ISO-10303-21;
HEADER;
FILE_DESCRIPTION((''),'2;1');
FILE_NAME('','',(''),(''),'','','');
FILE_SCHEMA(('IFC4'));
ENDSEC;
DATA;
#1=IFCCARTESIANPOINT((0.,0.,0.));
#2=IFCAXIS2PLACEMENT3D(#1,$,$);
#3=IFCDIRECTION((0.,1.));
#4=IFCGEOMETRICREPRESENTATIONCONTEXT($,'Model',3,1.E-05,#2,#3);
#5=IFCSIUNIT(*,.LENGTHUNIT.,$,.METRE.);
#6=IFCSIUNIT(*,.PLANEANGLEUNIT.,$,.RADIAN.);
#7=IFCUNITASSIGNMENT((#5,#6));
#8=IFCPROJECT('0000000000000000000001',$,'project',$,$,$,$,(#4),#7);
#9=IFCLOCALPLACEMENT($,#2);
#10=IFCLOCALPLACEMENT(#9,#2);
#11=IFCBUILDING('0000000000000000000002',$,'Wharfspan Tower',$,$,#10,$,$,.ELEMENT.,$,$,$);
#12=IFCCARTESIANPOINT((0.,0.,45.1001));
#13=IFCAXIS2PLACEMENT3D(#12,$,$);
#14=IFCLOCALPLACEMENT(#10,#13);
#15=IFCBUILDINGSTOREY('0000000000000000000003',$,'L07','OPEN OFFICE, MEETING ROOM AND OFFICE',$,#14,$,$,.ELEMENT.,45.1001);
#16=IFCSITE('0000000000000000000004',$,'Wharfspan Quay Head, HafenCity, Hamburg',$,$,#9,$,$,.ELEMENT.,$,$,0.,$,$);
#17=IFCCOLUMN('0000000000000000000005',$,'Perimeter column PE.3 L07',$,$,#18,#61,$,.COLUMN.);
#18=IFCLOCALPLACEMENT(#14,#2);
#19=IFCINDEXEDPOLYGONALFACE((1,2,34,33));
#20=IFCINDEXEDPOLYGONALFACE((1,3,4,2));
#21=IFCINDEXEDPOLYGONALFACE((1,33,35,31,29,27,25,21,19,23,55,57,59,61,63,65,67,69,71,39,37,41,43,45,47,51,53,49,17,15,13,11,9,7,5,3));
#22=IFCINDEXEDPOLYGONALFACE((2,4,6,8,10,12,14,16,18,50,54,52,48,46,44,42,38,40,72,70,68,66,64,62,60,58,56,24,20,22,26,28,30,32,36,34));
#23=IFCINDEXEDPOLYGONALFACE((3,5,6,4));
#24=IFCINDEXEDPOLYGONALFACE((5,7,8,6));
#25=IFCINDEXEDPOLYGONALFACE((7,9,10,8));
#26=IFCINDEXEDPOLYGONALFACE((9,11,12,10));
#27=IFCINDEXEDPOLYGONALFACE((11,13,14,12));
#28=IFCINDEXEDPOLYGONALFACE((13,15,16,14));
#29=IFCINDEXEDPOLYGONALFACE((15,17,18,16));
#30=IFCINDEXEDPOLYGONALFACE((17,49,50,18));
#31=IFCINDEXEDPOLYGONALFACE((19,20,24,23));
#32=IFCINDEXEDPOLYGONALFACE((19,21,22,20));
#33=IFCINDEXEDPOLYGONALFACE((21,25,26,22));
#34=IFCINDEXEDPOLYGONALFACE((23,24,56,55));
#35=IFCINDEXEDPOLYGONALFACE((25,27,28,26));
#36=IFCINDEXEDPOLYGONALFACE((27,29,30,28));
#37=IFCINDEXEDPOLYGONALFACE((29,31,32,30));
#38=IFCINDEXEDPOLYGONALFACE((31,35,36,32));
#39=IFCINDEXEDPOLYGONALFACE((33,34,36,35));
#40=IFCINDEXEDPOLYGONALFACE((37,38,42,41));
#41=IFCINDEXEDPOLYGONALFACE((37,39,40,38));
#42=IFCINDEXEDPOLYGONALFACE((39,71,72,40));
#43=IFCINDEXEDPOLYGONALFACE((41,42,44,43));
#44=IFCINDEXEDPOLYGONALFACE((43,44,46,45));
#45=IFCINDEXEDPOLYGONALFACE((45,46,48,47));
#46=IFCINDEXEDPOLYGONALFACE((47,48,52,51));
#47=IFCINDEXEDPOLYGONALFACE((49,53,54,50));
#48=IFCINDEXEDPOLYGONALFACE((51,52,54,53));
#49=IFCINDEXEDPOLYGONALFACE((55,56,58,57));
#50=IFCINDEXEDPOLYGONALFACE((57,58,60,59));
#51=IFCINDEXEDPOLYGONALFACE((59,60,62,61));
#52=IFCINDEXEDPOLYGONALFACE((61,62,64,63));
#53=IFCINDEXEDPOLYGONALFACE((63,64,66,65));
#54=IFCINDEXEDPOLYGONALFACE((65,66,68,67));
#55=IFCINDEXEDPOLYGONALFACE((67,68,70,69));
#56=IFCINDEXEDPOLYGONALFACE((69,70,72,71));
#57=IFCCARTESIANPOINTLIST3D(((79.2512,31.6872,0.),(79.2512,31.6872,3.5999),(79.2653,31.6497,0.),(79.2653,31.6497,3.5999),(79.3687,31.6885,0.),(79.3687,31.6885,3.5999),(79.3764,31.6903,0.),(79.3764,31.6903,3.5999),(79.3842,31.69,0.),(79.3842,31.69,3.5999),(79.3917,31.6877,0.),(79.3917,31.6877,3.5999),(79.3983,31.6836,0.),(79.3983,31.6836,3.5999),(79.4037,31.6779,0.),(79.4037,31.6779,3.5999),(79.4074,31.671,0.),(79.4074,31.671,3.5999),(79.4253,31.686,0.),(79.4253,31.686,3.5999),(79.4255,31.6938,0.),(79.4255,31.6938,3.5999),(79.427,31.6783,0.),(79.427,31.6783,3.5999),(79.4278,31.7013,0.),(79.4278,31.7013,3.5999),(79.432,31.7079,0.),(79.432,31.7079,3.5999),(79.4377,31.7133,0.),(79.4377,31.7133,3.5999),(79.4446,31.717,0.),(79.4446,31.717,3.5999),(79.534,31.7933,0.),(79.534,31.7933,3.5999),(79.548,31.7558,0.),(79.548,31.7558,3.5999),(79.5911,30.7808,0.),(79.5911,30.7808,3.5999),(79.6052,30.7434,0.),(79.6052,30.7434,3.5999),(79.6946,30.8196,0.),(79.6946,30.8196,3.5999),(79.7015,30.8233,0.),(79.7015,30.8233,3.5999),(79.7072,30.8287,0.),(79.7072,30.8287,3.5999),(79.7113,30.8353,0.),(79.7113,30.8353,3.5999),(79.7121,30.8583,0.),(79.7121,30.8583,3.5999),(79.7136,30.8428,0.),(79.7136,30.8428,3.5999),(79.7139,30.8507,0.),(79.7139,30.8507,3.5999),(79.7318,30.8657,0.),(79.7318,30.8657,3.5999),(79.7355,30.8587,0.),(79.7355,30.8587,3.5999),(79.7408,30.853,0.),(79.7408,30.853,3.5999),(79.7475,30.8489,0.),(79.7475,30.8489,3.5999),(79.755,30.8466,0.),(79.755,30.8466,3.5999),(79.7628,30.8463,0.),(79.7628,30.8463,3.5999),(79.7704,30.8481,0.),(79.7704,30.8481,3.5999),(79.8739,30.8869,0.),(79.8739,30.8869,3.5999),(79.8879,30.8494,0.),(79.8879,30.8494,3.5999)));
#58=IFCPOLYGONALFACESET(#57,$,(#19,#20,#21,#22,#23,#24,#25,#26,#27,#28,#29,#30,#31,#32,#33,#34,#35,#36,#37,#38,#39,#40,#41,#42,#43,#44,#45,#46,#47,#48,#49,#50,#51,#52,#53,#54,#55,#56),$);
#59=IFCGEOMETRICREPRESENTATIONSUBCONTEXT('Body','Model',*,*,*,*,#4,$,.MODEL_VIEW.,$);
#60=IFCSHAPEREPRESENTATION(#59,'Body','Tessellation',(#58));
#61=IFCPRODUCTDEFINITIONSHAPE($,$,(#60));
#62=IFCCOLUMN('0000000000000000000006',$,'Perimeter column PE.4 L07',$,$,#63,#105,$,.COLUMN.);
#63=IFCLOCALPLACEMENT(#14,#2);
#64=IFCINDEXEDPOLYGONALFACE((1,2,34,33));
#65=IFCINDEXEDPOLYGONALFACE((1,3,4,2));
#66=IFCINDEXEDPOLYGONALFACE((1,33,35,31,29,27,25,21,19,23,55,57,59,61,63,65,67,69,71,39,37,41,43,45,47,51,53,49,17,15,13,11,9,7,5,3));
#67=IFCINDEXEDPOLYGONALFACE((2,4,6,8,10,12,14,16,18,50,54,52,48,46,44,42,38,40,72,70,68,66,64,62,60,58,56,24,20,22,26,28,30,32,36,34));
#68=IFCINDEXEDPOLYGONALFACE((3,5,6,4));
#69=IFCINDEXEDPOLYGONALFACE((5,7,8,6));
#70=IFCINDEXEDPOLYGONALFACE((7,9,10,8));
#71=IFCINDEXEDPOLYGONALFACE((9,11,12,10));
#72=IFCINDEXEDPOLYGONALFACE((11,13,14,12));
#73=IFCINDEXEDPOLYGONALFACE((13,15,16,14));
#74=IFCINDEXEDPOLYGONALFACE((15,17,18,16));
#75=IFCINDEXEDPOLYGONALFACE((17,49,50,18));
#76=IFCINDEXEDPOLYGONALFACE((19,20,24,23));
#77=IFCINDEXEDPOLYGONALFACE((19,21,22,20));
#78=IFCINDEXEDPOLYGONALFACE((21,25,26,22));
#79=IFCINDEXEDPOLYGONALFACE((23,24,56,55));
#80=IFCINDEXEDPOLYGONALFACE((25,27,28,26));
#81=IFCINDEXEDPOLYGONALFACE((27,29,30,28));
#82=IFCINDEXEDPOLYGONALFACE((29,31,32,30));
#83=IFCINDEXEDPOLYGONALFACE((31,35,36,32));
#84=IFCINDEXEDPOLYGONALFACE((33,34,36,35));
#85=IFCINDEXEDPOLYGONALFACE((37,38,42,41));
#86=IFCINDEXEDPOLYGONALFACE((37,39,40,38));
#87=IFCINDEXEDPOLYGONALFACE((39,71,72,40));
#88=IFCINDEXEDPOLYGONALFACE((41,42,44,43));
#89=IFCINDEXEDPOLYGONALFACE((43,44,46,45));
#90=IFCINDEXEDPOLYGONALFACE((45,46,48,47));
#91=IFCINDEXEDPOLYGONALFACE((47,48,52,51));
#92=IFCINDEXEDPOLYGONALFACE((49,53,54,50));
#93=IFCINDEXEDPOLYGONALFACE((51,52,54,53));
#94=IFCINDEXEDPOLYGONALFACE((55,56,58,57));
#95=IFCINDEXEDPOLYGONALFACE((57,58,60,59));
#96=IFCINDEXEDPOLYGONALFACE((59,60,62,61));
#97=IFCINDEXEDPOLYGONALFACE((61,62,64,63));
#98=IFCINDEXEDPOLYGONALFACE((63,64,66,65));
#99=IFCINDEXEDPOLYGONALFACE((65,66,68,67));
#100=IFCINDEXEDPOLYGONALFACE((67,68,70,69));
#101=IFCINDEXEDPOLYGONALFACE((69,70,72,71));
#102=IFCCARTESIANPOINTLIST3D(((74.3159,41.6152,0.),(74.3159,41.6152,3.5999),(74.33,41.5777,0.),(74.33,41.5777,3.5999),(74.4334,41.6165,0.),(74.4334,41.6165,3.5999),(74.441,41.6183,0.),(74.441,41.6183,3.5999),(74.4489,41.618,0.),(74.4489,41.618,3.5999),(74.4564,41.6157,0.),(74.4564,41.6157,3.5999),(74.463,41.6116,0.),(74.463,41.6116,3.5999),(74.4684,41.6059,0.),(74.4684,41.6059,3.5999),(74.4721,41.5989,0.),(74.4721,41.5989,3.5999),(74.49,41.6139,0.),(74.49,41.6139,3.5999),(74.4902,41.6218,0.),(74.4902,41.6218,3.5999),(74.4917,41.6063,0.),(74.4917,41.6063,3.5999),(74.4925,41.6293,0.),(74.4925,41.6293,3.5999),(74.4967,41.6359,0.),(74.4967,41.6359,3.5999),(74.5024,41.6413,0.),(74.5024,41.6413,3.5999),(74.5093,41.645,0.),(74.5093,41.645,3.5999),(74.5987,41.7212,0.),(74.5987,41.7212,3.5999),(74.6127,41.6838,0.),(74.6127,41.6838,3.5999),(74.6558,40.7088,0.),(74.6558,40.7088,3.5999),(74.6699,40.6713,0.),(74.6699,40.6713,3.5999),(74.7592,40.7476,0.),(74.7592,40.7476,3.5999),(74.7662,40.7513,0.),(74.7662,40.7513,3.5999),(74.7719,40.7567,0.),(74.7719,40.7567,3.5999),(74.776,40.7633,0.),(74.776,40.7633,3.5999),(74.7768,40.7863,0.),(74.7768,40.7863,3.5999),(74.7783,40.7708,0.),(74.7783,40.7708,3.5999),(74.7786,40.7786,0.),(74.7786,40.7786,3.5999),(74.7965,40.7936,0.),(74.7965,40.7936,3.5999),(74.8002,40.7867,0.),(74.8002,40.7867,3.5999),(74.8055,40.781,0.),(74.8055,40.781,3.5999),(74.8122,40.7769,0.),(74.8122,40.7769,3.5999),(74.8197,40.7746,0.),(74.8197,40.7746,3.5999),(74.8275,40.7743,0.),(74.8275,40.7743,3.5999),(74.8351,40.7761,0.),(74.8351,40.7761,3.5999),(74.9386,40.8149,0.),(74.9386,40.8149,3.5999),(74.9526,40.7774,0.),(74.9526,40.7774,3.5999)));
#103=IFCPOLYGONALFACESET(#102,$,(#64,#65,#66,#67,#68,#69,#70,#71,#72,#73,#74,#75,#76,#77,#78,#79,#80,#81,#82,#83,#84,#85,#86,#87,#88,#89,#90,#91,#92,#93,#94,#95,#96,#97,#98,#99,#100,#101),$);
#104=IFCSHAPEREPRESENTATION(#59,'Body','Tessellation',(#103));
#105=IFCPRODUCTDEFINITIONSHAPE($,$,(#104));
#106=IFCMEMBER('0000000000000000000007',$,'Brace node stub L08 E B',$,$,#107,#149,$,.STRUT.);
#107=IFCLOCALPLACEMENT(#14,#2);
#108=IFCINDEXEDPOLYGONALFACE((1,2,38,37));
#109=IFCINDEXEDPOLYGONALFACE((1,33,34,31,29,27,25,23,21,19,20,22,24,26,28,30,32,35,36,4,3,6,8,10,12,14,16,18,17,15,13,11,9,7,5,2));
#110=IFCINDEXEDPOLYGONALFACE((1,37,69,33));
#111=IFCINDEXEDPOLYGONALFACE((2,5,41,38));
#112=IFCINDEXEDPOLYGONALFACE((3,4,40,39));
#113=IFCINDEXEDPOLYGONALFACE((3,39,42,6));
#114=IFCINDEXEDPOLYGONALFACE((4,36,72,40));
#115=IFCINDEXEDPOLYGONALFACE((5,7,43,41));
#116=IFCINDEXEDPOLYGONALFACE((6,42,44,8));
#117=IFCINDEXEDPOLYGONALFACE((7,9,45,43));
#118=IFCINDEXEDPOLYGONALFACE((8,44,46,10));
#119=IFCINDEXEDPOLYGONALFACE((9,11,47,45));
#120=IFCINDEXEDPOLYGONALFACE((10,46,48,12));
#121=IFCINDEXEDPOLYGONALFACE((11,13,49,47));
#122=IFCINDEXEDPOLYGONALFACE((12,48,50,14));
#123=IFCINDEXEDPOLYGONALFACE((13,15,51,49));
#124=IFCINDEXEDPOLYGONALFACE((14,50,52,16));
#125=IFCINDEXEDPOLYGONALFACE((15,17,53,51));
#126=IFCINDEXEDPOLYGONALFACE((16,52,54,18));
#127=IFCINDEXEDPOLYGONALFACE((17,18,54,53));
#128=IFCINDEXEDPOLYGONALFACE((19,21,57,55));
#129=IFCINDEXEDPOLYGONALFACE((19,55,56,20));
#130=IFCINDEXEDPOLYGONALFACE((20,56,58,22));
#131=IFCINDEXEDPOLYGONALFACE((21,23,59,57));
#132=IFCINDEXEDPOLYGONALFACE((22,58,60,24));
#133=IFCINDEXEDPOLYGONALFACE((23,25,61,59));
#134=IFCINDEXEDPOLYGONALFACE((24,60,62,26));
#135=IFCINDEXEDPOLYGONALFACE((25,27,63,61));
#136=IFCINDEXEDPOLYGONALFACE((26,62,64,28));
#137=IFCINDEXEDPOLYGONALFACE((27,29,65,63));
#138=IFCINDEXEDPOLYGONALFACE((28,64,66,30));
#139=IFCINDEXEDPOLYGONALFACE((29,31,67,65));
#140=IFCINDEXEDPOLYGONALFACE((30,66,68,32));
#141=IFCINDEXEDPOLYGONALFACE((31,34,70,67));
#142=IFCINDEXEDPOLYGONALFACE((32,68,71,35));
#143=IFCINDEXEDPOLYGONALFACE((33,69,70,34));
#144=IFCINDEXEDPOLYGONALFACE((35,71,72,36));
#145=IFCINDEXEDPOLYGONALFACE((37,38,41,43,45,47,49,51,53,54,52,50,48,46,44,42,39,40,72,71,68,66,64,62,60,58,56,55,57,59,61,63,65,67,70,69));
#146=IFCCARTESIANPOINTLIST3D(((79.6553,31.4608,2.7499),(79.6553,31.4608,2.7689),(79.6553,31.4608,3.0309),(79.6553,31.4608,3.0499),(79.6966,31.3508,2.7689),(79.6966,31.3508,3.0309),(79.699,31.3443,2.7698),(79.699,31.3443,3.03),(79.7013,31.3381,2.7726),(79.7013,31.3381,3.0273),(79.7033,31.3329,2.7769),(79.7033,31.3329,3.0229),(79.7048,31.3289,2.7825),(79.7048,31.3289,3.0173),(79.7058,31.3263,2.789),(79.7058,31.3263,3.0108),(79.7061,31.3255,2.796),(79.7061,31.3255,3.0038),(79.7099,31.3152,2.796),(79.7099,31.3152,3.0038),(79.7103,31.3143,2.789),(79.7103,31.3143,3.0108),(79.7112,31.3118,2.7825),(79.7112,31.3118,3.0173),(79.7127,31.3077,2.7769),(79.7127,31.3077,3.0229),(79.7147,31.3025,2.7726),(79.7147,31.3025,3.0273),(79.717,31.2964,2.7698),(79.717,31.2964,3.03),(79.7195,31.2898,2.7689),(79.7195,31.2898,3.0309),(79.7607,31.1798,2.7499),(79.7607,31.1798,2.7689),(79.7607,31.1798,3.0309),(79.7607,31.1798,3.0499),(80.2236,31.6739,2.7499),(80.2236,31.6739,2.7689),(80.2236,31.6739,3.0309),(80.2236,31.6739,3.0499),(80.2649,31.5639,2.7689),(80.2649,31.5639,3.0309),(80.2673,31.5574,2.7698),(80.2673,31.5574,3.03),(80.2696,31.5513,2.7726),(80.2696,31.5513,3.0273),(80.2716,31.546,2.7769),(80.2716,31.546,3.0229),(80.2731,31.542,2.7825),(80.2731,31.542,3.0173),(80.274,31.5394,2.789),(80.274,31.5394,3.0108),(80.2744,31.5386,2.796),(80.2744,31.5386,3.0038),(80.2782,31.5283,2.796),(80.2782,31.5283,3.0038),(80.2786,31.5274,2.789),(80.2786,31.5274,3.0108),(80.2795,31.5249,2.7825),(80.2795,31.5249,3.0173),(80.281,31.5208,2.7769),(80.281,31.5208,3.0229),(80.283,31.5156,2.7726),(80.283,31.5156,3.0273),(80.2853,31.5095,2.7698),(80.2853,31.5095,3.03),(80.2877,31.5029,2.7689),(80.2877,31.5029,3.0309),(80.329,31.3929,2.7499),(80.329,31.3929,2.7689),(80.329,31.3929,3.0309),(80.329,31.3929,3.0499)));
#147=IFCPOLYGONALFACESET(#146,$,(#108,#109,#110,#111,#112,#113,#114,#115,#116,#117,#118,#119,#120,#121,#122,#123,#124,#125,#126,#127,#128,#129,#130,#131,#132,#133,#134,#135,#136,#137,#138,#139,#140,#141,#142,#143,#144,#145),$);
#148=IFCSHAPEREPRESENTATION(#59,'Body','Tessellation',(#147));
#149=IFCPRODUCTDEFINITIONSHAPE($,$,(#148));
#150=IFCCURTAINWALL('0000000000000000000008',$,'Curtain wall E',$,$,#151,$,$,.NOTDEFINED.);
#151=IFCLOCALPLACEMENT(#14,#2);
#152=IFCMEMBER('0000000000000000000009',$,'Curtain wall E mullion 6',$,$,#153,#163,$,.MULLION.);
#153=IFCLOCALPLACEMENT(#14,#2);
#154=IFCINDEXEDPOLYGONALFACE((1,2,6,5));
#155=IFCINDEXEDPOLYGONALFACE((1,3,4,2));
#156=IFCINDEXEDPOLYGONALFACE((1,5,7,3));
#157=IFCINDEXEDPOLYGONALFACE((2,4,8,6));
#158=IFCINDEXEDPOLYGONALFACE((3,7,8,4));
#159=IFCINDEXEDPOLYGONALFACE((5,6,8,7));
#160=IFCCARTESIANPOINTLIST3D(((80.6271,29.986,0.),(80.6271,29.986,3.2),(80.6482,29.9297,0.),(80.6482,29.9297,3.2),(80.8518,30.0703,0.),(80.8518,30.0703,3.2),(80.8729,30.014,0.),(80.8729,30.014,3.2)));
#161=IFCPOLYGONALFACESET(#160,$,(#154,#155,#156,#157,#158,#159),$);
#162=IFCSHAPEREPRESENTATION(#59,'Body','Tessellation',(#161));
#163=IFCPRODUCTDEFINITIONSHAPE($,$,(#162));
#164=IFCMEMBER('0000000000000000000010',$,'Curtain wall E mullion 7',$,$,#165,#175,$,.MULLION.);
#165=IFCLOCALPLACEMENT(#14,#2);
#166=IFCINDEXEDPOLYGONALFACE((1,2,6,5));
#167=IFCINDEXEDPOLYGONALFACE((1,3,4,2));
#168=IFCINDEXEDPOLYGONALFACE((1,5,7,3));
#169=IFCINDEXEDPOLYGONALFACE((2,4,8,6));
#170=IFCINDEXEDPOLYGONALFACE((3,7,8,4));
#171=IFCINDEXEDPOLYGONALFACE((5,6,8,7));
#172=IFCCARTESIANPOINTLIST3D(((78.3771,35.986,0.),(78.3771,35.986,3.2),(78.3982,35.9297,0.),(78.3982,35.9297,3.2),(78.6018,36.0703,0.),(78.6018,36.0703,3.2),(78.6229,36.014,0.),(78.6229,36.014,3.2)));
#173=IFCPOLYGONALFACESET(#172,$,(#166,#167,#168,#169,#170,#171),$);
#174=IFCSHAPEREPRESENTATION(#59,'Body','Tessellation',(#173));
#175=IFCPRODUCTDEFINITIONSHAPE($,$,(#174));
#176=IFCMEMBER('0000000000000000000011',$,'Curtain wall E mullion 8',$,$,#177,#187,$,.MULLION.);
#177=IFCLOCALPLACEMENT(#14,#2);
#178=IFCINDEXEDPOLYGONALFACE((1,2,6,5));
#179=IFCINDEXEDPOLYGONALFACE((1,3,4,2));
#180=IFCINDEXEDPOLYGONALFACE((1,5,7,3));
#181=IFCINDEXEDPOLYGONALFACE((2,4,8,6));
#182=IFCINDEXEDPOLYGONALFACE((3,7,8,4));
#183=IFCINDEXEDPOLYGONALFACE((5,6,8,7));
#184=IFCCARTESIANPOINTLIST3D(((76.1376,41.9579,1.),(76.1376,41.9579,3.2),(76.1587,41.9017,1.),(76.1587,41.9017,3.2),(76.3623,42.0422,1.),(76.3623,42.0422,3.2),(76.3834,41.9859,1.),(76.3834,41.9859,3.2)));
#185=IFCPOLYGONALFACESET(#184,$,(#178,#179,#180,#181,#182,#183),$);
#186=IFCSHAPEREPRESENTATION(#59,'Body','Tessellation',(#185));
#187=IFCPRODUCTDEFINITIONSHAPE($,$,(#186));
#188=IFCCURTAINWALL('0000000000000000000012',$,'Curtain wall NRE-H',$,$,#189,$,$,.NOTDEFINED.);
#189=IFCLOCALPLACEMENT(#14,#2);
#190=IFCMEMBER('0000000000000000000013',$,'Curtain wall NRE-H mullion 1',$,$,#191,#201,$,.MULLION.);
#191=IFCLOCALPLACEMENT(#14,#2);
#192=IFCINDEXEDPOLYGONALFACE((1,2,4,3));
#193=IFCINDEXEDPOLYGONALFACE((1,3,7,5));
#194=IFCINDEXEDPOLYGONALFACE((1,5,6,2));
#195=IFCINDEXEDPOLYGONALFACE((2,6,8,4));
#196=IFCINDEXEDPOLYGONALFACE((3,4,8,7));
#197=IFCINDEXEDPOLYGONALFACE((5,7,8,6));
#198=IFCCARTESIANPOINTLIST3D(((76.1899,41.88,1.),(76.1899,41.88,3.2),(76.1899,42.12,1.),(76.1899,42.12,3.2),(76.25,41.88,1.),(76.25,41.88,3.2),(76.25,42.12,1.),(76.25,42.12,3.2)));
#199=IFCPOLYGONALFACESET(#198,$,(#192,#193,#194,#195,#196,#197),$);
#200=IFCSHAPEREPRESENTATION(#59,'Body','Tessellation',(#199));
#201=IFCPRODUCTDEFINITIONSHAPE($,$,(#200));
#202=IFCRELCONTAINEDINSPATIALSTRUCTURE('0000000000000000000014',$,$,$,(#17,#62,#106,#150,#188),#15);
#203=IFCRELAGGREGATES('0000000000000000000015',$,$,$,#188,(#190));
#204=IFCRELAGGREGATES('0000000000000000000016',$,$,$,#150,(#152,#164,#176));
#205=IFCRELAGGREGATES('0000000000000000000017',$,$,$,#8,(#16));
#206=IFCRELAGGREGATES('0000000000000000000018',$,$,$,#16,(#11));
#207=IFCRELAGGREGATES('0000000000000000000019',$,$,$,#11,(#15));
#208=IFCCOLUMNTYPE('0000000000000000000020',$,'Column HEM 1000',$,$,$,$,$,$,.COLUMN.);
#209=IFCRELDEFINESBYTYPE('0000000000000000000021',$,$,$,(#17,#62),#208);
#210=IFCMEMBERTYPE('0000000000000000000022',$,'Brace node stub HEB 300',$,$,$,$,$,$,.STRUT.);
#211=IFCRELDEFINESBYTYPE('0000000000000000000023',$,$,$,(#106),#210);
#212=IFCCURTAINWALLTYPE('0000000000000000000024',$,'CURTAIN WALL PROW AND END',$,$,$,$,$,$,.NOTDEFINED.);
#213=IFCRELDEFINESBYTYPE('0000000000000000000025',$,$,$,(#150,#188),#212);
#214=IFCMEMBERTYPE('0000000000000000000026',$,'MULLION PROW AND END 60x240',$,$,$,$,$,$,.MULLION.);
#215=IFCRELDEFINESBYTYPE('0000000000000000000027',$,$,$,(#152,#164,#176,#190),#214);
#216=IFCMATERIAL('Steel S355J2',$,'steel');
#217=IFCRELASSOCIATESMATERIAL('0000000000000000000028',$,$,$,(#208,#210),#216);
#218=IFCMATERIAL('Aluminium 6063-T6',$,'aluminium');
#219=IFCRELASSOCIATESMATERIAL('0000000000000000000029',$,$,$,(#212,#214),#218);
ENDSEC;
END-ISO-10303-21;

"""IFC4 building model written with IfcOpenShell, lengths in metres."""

from ifc_helpers import new_model, si_unit, direction, frame, origin, origin_2d, place, context, subcontext, project, spatial, rectangle, i_section, extrude, material, material_profile, profile_set, type_object, element, aggregate, save


model = new_model("IFC4")

# Units and contexts
model_context = context("Model", 3, precision=1e-05, world=origin(), true_north=direction((0.0, 1.0)))
body_context = subcontext(model_context, "Body", "Model", "MODEL_VIEW")
ifc_project = project(units=[si_unit("LENGTHUNIT", "METRE"), si_unit("PLANEANGLEUNIT", "RADIAN")], contexts=[model_context])

# Site, building, storey
site_placement = place(None, origin())
site = spatial("IfcSite", under=ifc_project, at=site_placement, Name="Wharfspan Quay Head, HafenCity, Hamburg", CompositionType="ELEMENT", RefElevation=0.0)
building_placement = place(site_placement, origin())
building = spatial("IfcBuilding", under=site, at=building_placement, Name="Wharfspan Tower", CompositionType="ELEMENT")
storey_placement = place(building_placement, frame((0.0, 0.0, 45.1001)))
storey = spatial("IfcBuildingStorey", under=building, at=storey_placement, Name="L07", Description="OPEN OFFICE, MEETING ROOM AND OFFICE", CompositionType="ELEMENT", Elevation=45.1001)

# Columns
ifc_material_1 = material(Name="Steel S355J2", Category="steel")
ifc_material_profile_1 = material_profile(ifc_material_1, i_section(OverallWidth=0.302, OverallDepth=1.0081, WebThickness=0.021, FlangeThickness=0.04, FilletRadius=0.03, at=origin_2d()))
ifc_profile_set_1 = profile_set([ifc_material_profile_1], Name="Steel S355J2")
column_type = type_object("IfcColumnType", Name="Column HEM 1000", PredefinedType="COLUMN", material=ifc_profile_set_1)
for number, where, z_axis, x_axis, name in (
    (1, (79.5696, 31.2683, 0.0), (0.0, 0.0, 1.0), (0.936328, 0.351123, 0.0), "Perimeter column PE.3 L07"),
    (2, (74.6343, 41.1963, 0.0), (0.0, 0.0, 1.0), (0.936328, 0.351123, 0.0), "Perimeter column PE.4 L07"),
):
    element("IfcColumn", number, at=place(storey_placement, frame(where, z_axis=z_axis, x_axis=x_axis)), inside=storey, type_object=column_type, Name=name, PredefinedType="COLUMN", context=body_context, shape_type="SweptSolid", body=[
        extrude(i_section(OverallWidth=0.302, OverallDepth=1.0081, WebThickness=0.021, FlangeThickness=0.04, FilletRadius=0.03, at=origin_2d()), origin(), (0.0, 0.0, 1.0), 3.5999),
    ])

# Member
ifc_material_profile_2 = material_profile(ifc_material_1, i_section(OverallWidth=0.3, OverallDepth=0.3, WebThickness=0.011, FlangeThickness=0.019, FilletRadius=0.0271, at=origin_2d()))
ifc_profile_set_2 = profile_set([ifc_material_profile_2], Name="Steel S355J2")
member_type_1 = type_object("IfcMemberType", Name="Brace node stub HEB 300", PredefinedType="STRUT", material=ifc_profile_set_2)
member_1_placement = place(storey_placement, frame((79.708, 31.3203, 2.8999), z_axis=(0.936329, 0.351123, 0.0), x_axis=(-0.351123, 0.936329, 0.0)))
element("IfcMember", 3, at=member_1_placement, inside=storey, type_object=member_type_1, Name="Brace node stub L08 E B", PredefinedType="STRUT", context=body_context, shape_type="SweptSolid", body=[
    extrude(i_section(OverallWidth=0.3, OverallDepth=0.3, WebThickness=0.011, FlangeThickness=0.019, FilletRadius=0.0271, at=origin_2d()), origin(), (0.0, 0.0, 1.0), 0.6069),
])

# Curtain walls, members
ifc_material_2 = material(Name="Aluminium 6063-T6", Category="aluminium")
curtain_wall_type = type_object("IfcCurtainWallType", Name="CURTAIN WALL PROW AND END", PredefinedType="NOTDEFINED", material=ifc_material_2)
curtain_wall_1_placement = place(storey_placement, origin())
curtain_wall_1 = element("IfcCurtainWall", 4, at=curtain_wall_1_placement, inside=storey, type_object=curtain_wall_type, Name="Curtain wall E", PredefinedType="NOTDEFINED")
ifc_material_profile_3 = material_profile(ifc_material_2, rectangle(XDim=0.24, YDim=0.0601, at=origin_2d()))
ifc_profile_set_3 = profile_set([ifc_material_profile_3], Name="Aluminium 6063-T6")
member_type_2 = type_object("IfcMemberType", Name="MULLION PROW AND END 60x240", PredefinedType="MULLION", material=ifc_profile_set_3)
member_2_placement = place(storey_placement, frame((80.75, 30.0, 0.0), z_axis=(0.0, 0.0, 1.0), x_axis=(-0.936328, -0.351123, 0.0)))
member_2 = element("IfcMember", 5, at=member_2_placement, type_object=member_type_2, Name="Curtain wall E mullion 6", PredefinedType="MULLION", context=body_context, shape_type="SweptSolid", body=[
    extrude(rectangle(XDim=0.24, YDim=0.0601, at=origin_2d()), origin(), (0.0, 0.0, 1.0), 3.2),
])
member_3_placement = place(storey_placement, frame((78.5, 36.0, 0.0), z_axis=(0.0, 0.0, 1.0), x_axis=(-0.936328, -0.351123, 0.0)))
member_3 = element("IfcMember", 6, at=member_3_placement, type_object=member_type_2, Name="Curtain wall E mullion 7", PredefinedType="MULLION", context=body_context, shape_type="SweptSolid", body=[
    extrude(rectangle(XDim=0.24, YDim=0.0601, at=origin_2d()), origin(), (0.0, 0.0, 1.0), 3.2),
])
member_4_placement = place(storey_placement, frame((76.2605, 41.9719, 1.0), z_axis=(0.0, 0.0, 1.0), x_axis=(-0.936328, -0.351123, 0.0)))
member_4 = element("IfcMember", 7, at=member_4_placement, type_object=member_type_2, Name="Curtain wall E mullion 8", PredefinedType="MULLION", context=body_context, shape_type="SweptSolid", body=[
    extrude(rectangle(XDim=0.24, YDim=0.0601, at=origin_2d()), origin(), (0.0, 0.0, 1.0), 2.2),
])
curtain_wall_2_placement = place(storey_placement, origin())
curtain_wall_2 = element("IfcCurtainWall", 8, at=curtain_wall_2_placement, inside=storey, type_object=curtain_wall_type, Name="Curtain wall NRE-H", PredefinedType="NOTDEFINED")
member_5_placement = place(storey_placement, frame((76.22, 42.0, 1.0), z_axis=(0.0, 0.0, 1.0), x_axis=(0.0, -1.0, 0.0)))
member_5 = element("IfcMember", 9, at=member_5_placement, type_object=member_type_2, Name="Curtain wall NRE-H mullion 1", PredefinedType="MULLION", context=body_context, shape_type="SweptSolid", body=[
    extrude(rectangle(XDim=0.24, YDim=0.0601, at=origin_2d()), origin(), (0.0, 0.0, 1.0), 2.2),
])

aggregate(curtain_wall_2, [member_5])
aggregate(curtain_wall_1, [member_2, member_3, member_4])

save(model, "model.ifc")
